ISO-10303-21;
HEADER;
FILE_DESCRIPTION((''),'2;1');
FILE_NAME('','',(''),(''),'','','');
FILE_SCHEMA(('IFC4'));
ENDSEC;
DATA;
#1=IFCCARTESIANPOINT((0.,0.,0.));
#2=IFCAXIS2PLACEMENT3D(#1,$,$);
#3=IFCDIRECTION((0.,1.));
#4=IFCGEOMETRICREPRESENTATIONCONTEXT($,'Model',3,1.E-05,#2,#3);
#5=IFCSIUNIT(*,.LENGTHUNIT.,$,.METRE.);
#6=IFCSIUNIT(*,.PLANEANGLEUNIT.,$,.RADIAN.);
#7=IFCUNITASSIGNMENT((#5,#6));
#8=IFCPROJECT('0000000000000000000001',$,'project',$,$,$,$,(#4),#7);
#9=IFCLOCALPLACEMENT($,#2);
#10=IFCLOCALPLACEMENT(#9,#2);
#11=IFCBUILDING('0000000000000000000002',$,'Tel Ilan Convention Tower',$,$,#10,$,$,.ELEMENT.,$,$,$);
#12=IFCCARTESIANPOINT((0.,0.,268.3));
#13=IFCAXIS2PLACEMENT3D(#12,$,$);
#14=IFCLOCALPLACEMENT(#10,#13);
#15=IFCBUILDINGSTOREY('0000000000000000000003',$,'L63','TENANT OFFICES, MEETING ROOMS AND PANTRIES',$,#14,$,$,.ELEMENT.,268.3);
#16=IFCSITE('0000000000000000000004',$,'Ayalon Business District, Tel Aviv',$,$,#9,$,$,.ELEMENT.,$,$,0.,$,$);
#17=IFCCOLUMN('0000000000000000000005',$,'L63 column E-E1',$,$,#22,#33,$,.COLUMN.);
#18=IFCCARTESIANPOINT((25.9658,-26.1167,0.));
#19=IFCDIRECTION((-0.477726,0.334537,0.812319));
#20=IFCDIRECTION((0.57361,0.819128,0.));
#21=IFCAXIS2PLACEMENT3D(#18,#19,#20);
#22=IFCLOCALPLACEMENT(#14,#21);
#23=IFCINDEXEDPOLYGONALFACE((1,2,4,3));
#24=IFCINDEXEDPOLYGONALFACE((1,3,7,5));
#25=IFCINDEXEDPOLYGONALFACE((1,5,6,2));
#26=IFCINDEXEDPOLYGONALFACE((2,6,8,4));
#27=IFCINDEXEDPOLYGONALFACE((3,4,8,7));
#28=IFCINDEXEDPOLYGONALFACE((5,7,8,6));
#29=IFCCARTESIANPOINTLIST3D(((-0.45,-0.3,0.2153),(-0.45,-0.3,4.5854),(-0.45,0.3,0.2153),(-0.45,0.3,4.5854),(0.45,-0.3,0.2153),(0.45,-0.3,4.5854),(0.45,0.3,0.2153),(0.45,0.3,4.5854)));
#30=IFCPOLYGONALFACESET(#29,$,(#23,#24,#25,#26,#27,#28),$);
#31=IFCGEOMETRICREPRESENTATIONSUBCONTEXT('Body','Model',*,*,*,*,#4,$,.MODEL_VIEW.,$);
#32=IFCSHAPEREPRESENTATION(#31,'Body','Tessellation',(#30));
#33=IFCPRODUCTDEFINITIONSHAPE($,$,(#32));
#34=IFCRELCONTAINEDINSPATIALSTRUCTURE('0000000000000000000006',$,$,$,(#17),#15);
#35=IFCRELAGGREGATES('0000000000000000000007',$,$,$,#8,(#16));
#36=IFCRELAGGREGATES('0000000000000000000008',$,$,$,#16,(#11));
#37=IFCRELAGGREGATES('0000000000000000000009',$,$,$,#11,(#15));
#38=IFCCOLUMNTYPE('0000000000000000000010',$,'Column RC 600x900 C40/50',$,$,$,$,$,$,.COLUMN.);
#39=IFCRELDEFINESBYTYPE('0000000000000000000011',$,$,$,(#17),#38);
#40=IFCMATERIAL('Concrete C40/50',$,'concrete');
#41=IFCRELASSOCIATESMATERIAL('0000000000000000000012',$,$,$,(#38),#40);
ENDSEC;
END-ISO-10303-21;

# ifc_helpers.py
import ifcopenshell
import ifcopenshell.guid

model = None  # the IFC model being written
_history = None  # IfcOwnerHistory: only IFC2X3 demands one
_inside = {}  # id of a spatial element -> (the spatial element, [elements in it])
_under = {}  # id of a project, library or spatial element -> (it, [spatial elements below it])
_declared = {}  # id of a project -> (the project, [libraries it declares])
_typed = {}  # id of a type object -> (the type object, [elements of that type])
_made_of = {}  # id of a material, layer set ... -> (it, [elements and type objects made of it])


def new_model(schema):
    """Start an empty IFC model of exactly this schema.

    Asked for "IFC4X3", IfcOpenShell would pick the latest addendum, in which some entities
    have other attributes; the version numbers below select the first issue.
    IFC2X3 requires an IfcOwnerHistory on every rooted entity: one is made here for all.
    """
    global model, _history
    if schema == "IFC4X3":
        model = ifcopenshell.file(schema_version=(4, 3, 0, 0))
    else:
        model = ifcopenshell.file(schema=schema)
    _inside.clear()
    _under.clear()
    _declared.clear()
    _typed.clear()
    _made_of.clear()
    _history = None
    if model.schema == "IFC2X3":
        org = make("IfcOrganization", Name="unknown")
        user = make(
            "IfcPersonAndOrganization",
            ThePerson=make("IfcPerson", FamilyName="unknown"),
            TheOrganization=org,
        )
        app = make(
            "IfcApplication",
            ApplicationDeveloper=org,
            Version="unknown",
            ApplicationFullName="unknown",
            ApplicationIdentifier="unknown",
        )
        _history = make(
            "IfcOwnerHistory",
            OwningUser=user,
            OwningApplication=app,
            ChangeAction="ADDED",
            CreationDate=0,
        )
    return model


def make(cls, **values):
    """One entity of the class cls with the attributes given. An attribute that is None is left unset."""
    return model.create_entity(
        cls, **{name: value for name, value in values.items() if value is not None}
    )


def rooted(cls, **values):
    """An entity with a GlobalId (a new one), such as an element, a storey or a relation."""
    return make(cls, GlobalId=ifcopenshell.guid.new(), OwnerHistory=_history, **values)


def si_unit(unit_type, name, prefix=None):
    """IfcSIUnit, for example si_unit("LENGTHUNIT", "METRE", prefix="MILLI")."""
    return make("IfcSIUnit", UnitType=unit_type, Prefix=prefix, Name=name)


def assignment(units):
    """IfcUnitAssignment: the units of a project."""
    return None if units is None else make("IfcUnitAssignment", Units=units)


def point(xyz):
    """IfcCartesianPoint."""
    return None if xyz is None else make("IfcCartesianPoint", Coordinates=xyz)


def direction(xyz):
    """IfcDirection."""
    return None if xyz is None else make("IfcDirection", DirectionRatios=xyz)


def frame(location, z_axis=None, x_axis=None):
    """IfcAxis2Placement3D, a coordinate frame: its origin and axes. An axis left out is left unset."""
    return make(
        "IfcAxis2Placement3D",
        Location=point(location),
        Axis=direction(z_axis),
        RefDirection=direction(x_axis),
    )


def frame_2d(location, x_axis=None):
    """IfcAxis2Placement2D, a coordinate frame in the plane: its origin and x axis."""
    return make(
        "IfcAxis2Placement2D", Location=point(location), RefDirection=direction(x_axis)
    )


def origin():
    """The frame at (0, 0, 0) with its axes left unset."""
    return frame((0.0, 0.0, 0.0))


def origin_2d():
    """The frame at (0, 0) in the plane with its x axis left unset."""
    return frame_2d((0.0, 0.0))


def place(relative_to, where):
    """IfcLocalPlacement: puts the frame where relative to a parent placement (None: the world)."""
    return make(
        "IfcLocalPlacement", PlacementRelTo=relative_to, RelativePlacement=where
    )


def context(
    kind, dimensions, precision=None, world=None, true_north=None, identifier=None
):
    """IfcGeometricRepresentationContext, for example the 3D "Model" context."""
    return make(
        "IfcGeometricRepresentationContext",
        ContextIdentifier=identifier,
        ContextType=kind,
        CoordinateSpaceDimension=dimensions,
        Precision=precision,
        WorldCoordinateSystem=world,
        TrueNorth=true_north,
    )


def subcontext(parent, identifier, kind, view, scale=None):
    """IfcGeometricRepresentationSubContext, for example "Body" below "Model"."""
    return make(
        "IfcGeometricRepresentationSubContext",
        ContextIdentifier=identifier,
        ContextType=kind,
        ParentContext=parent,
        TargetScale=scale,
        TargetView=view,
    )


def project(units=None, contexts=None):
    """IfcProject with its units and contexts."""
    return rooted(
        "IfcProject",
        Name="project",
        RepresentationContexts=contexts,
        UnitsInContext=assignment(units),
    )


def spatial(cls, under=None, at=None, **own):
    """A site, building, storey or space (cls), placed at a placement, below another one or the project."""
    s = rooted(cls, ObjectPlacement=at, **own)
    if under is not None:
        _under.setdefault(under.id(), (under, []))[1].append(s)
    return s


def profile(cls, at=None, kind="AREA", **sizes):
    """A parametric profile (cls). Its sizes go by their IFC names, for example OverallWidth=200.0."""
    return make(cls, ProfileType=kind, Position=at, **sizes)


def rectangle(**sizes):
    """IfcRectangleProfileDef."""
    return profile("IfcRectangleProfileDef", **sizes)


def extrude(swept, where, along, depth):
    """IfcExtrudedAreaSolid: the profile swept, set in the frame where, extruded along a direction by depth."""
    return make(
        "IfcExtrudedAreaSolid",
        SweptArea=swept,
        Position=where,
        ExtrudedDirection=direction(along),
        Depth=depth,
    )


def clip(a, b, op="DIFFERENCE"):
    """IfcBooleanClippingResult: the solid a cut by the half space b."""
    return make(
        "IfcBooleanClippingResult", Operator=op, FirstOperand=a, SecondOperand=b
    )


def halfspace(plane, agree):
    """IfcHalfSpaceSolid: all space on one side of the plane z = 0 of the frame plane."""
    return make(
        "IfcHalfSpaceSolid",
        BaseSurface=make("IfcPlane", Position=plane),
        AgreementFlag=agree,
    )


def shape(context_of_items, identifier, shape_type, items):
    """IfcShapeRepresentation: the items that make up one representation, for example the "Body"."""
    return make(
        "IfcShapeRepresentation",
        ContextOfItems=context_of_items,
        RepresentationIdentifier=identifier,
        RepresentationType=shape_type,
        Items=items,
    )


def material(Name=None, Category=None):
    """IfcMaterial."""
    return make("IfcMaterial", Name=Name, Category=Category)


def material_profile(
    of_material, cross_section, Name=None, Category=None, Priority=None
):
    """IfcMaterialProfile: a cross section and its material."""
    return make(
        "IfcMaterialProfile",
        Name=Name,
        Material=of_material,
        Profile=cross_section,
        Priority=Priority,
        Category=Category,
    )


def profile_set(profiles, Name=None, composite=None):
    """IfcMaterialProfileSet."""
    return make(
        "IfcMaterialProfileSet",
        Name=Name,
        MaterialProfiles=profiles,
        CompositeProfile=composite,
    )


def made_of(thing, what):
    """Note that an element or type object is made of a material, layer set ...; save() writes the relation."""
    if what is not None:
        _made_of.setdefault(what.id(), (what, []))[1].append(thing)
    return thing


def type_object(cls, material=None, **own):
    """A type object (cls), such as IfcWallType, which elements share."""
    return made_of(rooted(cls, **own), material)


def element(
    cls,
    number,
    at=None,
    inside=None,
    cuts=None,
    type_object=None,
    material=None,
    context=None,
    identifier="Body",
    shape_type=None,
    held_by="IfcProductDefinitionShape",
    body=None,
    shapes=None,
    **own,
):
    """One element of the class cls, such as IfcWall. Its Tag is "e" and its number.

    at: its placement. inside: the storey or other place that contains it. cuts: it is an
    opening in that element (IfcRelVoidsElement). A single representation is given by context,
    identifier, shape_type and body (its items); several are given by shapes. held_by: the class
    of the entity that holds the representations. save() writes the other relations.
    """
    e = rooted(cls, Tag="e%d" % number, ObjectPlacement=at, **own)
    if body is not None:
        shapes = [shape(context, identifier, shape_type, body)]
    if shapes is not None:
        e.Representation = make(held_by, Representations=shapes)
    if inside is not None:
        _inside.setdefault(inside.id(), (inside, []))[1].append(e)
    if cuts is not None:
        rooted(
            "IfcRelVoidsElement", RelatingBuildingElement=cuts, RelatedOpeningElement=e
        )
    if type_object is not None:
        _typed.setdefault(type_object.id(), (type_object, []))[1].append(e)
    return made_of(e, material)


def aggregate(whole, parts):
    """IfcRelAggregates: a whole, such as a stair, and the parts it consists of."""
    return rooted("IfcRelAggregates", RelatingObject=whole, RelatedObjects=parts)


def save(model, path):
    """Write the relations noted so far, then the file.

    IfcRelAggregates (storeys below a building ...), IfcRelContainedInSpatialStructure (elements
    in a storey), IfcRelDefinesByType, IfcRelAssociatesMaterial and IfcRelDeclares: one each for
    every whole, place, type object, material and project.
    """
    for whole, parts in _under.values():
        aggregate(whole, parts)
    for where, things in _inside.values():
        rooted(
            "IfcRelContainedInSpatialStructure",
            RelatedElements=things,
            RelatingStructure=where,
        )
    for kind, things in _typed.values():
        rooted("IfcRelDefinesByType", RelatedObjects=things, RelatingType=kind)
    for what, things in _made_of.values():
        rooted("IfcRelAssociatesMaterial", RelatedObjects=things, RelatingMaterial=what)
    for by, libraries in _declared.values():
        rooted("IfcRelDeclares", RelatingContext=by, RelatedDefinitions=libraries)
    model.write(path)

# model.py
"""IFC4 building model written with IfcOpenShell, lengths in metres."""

from ifc_helpers import new_model, si_unit, direction, frame, origin, origin_2d, place, context, subcontext, project, spatial, rectangle, extrude, clip, halfspace, material, material_profile, profile_set, type_object, element, save


model = new_model("IFC4")

# Units and contexts
model_context = context("Model", 3, precision=1e-05, world=origin(), true_north=direction((0.0, 1.0)))
body_context = subcontext(model_context, "Body", "Model", "MODEL_VIEW")
ifc_project = project(units=[si_unit("LENGTHUNIT", "METRE"), si_unit("PLANEANGLEUNIT", "RADIAN")], contexts=[model_context])

# Site, building, storey
site_placement = place(None, origin())
site = spatial("IfcSite", under=ifc_project, at=site_placement, Name="Ayalon Business District, Tel Aviv", CompositionType="ELEMENT", RefElevation=0.0)
building_placement = place(site_placement, origin())
building = spatial("IfcBuilding", under=site, at=building_placement, Name="Tel Ilan Convention Tower", CompositionType="ELEMENT")
storey_placement = place(building_placement, frame((0.0, 0.0, 268.3)))
storey = spatial("IfcBuildingStorey", under=building, at=storey_placement, Name="L63", Description="TENANT OFFICES, MEETING ROOMS AND PANTRIES", CompositionType="ELEMENT", Elevation=268.3)

# Column
ifc_material_1 = material(Name="Concrete C40/50", Category="concrete")
ifc_material_profile_1 = material_profile(ifc_material_1, rectangle(XDim=0.8999, YDim=0.6001, at=origin_2d()), Name="RC 600x900")
ifc_profile_set_1 = profile_set([ifc_material_profile_1], Name="Concrete C40/50")
column_type = type_object("IfcColumnType", Name="Column RC 600x900 C40/50", PredefinedType="COLUMN", material=ifc_profile_set_1)
column_placement = place(storey_placement, frame((25.9658, -26.1167, 0.0), z_axis=(-0.477726, 0.334537, 0.812319), x_axis=(0.57361, 0.819128, 0.0)))
element("IfcColumn", 1, at=column_placement, inside=storey, type_object=column_type, Name="L63 column E-E1", PredefinedType="COLUMN", context=body_context, shape_type="Clipping", body=[
    clip(clip(extrude(rectangle(XDim=0.8999, YDim=0.6001, at=origin_2d()), origin(), (0.0, 0.0, 1.0), 4.8008), halfspace(frame((0.0, 0.0, 0.2153), z_axis=(0.0, 0.0, 1.0), x_axis=(1.0, 0.0, 0.0)), True)), halfspace(frame((0.0, 0.0, 4.5854), z_axis=(0.0, 0.0, 1.0), x_axis=(1.0, 0.0, 0.0)), False)),
])

save(model, "model.ifc")
